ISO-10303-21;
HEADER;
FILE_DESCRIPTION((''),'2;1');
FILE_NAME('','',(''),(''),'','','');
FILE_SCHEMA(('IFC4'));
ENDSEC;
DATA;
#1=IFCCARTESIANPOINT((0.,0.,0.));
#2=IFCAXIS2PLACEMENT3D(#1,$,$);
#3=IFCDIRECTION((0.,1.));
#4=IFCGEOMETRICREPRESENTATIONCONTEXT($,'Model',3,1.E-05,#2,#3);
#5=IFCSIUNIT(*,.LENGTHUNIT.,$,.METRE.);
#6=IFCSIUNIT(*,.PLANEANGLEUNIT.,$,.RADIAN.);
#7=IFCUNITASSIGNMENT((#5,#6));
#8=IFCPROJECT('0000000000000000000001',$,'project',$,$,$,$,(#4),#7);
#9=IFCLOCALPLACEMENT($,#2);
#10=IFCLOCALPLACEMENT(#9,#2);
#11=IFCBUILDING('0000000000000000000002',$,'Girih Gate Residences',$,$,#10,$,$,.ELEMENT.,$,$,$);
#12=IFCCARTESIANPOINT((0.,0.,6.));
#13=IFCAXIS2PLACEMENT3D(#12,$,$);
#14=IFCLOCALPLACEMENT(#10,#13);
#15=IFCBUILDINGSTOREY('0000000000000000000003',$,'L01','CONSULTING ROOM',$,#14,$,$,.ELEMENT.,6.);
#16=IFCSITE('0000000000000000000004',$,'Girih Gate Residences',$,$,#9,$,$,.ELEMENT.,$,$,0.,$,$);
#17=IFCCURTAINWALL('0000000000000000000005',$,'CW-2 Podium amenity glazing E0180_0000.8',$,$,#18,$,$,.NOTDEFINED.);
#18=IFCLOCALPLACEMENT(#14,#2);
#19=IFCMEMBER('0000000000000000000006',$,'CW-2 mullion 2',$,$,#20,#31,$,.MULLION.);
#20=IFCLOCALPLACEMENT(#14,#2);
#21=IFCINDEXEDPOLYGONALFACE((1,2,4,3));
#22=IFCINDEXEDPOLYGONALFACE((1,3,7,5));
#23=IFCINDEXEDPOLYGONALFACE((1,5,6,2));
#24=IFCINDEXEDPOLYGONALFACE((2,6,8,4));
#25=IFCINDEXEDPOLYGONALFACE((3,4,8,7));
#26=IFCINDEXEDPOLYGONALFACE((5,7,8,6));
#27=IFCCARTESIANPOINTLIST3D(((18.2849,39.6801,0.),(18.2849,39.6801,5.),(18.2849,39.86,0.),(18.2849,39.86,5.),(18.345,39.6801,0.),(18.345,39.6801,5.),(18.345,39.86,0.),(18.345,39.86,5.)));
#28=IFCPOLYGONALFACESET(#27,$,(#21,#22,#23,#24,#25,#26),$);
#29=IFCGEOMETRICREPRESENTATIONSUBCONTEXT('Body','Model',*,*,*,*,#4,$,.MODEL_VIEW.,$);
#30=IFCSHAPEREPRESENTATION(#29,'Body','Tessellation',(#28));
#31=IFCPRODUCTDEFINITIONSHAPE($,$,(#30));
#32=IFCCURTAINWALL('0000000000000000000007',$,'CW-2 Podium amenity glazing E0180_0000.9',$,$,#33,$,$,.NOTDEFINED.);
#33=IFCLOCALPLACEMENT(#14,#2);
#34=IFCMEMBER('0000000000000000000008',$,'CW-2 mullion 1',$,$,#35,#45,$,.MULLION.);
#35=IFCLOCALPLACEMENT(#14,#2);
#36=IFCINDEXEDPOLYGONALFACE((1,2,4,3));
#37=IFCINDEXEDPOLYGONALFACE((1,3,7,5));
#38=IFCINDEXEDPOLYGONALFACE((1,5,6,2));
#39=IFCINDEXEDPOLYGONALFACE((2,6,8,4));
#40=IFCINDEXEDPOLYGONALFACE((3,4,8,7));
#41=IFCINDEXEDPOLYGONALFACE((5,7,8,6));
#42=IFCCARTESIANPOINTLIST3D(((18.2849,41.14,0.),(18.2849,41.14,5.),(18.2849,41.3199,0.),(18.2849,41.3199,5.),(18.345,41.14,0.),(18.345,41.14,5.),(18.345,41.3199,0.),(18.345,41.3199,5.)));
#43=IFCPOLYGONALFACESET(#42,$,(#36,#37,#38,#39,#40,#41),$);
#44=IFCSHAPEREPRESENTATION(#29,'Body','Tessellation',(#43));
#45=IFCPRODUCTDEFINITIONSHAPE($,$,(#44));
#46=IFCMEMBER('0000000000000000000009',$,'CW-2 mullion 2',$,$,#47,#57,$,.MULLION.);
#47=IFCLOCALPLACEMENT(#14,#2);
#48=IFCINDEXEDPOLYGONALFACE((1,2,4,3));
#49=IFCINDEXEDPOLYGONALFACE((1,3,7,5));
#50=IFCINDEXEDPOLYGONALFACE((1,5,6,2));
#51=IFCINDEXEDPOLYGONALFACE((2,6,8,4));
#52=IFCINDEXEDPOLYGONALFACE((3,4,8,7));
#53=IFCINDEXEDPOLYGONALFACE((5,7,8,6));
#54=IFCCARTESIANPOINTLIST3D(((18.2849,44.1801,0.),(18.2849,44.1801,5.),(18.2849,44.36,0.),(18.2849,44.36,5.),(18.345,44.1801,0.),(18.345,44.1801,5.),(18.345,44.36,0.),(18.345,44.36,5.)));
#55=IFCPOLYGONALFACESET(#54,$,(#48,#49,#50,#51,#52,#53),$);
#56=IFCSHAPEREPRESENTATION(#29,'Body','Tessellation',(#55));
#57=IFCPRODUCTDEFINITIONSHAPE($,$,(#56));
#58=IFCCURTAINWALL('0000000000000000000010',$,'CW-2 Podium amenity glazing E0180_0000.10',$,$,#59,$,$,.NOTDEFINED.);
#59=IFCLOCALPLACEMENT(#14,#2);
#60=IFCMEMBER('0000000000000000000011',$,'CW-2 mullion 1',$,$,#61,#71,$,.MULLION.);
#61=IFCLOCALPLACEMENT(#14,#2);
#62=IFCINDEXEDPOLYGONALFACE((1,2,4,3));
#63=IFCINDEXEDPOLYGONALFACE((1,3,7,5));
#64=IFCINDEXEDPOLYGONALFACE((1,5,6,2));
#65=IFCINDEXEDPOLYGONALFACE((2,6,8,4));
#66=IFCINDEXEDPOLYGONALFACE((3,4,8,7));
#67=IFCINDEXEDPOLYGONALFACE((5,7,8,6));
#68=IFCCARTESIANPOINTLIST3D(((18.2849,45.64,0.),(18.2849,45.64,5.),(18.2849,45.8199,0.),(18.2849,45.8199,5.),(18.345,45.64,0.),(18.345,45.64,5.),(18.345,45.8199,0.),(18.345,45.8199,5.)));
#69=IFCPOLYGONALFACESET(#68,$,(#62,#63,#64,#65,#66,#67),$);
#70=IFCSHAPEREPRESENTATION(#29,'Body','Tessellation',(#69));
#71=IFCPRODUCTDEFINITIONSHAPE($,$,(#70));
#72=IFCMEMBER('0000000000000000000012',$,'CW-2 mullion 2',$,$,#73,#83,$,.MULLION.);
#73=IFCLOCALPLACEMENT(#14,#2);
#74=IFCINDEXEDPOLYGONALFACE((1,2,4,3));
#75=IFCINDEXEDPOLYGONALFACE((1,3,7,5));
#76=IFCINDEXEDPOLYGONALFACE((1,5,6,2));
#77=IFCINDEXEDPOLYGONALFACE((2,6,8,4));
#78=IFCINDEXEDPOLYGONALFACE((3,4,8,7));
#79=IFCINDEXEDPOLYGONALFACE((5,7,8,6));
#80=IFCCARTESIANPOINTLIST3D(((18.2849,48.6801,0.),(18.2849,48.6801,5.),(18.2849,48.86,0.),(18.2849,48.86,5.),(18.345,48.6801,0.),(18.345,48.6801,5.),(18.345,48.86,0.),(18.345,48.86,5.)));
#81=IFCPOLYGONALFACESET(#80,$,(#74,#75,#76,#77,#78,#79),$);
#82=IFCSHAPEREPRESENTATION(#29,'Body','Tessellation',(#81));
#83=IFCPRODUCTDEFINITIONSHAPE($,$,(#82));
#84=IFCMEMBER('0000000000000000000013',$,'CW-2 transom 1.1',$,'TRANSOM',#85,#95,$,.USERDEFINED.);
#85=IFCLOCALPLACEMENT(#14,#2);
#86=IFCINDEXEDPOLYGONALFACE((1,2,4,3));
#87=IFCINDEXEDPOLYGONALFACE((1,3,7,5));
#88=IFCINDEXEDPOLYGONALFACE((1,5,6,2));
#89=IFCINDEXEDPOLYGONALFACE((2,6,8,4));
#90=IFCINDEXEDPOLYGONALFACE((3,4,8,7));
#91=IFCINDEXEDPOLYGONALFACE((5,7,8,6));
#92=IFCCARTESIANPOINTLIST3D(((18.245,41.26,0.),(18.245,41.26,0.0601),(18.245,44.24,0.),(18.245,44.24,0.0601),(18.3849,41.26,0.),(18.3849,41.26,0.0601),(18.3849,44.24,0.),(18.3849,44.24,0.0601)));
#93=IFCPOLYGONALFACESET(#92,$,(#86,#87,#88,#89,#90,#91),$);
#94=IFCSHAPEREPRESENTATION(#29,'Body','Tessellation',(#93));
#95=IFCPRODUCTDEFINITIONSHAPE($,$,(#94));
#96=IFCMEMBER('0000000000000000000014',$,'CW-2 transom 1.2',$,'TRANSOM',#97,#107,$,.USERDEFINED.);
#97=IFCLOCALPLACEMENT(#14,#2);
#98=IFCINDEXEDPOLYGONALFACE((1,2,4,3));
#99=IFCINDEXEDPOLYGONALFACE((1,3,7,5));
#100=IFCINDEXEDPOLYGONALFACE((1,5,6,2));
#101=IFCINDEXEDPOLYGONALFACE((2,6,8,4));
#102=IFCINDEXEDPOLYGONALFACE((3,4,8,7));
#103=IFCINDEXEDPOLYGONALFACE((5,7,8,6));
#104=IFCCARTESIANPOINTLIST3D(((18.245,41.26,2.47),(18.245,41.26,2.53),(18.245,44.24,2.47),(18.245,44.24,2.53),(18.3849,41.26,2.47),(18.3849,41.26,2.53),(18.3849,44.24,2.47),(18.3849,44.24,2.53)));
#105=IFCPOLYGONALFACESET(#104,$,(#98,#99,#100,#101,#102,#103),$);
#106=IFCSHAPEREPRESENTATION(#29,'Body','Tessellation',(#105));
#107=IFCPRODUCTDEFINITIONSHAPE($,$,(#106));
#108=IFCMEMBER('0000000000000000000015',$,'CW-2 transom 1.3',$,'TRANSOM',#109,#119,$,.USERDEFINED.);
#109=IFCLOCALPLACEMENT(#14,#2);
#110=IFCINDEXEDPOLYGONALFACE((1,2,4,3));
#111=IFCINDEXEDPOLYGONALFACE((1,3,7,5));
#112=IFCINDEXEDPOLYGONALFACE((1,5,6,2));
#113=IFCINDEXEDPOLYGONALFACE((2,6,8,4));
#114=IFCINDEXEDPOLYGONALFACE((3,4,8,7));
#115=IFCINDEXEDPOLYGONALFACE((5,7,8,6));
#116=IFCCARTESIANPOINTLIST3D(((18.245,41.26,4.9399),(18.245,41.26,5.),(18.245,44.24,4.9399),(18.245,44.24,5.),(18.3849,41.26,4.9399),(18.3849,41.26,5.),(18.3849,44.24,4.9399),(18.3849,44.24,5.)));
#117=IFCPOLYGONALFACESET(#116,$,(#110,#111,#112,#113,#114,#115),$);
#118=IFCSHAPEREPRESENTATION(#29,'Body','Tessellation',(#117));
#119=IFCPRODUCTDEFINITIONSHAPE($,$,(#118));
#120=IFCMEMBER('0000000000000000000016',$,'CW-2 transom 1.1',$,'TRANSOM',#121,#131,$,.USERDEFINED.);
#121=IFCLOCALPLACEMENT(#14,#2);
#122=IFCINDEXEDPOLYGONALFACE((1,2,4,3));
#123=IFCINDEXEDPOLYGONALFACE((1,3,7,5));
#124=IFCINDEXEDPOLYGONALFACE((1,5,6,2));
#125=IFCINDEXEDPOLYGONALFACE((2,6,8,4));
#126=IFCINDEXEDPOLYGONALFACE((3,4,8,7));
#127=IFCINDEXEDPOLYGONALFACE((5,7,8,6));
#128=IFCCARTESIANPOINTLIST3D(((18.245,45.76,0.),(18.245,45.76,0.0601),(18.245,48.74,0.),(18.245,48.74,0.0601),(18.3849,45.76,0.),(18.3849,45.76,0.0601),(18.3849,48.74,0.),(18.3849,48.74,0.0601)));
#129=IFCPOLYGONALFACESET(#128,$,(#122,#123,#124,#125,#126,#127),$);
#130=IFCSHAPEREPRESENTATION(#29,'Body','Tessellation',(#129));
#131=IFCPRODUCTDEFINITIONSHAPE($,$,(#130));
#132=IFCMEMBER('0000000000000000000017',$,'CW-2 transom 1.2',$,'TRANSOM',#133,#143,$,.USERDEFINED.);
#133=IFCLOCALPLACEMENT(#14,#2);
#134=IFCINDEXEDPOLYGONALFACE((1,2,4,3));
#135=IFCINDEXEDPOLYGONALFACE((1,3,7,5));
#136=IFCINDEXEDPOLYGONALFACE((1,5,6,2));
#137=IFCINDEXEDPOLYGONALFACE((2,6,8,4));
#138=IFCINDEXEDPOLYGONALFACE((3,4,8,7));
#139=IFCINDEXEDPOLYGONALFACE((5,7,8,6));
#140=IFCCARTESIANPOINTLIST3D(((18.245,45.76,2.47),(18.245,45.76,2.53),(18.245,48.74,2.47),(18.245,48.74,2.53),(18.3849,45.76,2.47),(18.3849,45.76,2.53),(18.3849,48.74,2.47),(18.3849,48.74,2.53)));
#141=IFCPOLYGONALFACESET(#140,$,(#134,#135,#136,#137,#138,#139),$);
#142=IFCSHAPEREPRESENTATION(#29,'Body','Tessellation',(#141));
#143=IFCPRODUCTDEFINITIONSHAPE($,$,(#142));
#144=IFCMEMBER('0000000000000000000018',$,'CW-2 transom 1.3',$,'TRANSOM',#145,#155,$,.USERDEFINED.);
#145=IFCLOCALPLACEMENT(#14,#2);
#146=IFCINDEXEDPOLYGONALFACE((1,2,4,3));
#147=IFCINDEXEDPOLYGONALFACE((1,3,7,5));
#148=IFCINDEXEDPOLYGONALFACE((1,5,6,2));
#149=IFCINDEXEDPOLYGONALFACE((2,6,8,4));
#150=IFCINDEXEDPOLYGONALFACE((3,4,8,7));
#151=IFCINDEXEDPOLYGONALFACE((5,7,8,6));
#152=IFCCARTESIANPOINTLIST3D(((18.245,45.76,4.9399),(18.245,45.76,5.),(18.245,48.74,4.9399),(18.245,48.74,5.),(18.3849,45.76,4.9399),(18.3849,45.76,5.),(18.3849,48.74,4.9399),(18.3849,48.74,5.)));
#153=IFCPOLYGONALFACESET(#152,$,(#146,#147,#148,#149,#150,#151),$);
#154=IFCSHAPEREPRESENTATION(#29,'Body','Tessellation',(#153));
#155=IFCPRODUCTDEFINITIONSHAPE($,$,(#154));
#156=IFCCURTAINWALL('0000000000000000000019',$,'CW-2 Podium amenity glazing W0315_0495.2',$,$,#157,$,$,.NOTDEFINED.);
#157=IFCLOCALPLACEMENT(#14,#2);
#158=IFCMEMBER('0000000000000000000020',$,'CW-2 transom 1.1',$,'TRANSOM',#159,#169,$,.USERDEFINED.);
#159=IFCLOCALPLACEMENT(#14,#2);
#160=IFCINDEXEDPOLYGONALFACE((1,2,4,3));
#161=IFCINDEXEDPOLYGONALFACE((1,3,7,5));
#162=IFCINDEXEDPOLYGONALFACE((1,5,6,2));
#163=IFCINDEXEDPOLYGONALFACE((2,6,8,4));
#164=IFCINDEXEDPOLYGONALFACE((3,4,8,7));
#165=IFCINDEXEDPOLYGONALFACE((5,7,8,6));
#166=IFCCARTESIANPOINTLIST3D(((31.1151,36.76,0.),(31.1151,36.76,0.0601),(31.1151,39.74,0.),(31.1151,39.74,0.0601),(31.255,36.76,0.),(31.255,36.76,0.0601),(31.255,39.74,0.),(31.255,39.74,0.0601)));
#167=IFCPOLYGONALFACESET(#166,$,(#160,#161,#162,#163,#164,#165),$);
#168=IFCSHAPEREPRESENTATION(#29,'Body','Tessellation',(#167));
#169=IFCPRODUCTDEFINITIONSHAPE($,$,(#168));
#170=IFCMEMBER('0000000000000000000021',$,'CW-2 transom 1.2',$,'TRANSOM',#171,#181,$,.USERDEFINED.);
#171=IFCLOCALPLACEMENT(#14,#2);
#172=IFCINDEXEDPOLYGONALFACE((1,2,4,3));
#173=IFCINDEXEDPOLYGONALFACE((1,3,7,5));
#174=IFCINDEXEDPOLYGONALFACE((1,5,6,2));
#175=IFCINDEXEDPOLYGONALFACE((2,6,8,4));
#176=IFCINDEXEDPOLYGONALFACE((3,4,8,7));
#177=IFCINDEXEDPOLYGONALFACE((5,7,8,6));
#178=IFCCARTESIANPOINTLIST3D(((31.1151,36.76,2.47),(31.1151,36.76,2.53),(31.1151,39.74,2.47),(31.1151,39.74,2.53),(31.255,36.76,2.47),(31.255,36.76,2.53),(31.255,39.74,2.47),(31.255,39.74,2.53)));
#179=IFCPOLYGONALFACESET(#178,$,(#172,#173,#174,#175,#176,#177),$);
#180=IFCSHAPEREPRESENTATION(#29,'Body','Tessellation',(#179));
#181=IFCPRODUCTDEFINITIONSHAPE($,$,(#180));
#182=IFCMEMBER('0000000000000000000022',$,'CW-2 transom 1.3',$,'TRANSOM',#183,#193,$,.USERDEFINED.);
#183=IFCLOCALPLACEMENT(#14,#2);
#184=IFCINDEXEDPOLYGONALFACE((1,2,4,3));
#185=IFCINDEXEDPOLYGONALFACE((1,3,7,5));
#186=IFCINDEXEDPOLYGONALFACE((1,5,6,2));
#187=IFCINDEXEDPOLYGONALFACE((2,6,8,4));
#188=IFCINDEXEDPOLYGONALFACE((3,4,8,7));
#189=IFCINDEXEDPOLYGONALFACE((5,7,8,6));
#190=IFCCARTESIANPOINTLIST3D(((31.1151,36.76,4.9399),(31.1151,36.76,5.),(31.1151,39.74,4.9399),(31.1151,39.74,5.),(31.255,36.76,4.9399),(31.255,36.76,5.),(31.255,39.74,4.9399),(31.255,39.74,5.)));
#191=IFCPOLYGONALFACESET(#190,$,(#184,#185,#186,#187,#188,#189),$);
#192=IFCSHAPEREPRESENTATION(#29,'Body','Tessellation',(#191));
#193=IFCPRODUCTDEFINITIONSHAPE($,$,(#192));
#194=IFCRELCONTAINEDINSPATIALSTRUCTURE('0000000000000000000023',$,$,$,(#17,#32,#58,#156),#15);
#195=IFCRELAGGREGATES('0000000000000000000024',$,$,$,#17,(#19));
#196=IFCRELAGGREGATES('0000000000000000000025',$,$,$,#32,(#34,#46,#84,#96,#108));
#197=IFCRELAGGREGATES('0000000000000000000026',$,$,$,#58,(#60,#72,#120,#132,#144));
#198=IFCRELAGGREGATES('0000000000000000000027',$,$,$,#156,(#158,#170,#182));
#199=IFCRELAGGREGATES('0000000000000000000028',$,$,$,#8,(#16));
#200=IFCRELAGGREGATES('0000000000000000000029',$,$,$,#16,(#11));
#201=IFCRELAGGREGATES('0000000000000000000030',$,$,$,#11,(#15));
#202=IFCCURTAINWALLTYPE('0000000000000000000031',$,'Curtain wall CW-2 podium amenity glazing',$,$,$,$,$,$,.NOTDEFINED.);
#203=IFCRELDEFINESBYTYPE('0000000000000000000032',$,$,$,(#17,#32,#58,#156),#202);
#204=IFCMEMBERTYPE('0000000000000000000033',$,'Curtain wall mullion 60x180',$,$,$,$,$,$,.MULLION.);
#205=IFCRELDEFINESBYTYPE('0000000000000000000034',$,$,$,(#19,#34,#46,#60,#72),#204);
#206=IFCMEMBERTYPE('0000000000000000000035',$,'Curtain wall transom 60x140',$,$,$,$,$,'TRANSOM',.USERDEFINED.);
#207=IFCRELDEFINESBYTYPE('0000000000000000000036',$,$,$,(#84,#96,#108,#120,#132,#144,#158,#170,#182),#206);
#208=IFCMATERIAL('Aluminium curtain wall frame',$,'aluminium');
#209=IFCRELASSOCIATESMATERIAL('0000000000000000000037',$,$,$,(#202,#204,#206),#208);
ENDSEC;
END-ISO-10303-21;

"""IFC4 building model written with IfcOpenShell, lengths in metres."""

from ifc_helpers import new_model, si_unit, direction, frame, origin, origin_2d, place, context, subcontext, project, spatial, rectangle, extrude, material, material_profile, profile_set, type_object, element, aggregate, save


model = new_model("IFC4")

# Units and contexts
model_context = context("Model", 3, precision=1e-05, world=origin(), true_north=direction((0.0, 1.0)))
body_context = subcontext(model_context, "Body", "Model", "MODEL_VIEW")
ifc_project = project(units=[si_unit("LENGTHUNIT", "METRE"), si_unit("PLANEANGLEUNIT", "RADIAN")], contexts=[model_context])

# Site, building, storey
site_placement = place(None, origin())
site = spatial("IfcSite", under=ifc_project, at=site_placement, Name="Girih Gate Residences", CompositionType="ELEMENT", RefElevation=0.0)
building_placement = place(site_placement, origin())
building = spatial("IfcBuilding", under=site, at=building_placement, Name="Girih Gate Residences", CompositionType="ELEMENT")
storey_placement = place(building_placement, frame((0.0, 0.0, 6.0)))
storey = spatial("IfcBuildingStorey", under=building, at=storey_placement, Name="L01", Description="CONSULTING ROOM", CompositionType="ELEMENT", Elevation=6.0)

# Curtain wall, member
ifc_material_1 = material(Name="Aluminium curtain wall frame", Category="aluminium")
curtain_wall_type = type_object("IfcCurtainWallType", Name="Curtain wall CW-2 podium amenity glazing", PredefinedType="NOTDEFINED", material=ifc_material_1)
curtain_wall_1_placement = place(storey_placement, origin())
curtain_wall_1 = element("IfcCurtainWall", 1, at=curtain_wall_1_placement, inside=storey, type_object=curtain_wall_type, Name="CW-2 Podium amenity glazing E0180_0000.8", PredefinedType="NOTDEFINED")
ifc_material_profile_1 = material_profile(ifc_material_1, rectangle(XDim=0.0601, YDim=0.1799, at=origin_2d()))
ifc_profile_set_1 = profile_set([ifc_material_profile_1], Name="Aluminium curtain wall frame")
member_type_1 = type_object("IfcMemberType", Name="Curtain wall mullion 60x180", PredefinedType="MULLION", material=ifc_profile_set_1)
member_1_placement = place(storey_placement, frame((18.3149, 39.77, 0.0), z_axis=(0.0, 0.0, 1.0), x_axis=(-1.0, 0.0, 0.0)))
member_1 = element("IfcMember", 2, at=member_1_placement, type_object=member_type_1, Name="CW-2 mullion 2", PredefinedType="MULLION", context=body_context, shape_type="SweptSolid", body=[
    extrude(rectangle(XDim=0.0601, YDim=0.1799, at=origin_2d()), origin(), (0.0, 0.0, 1.0), 5.0),
])
aggregate(curtain_wall_1, [member_1])

# Curtain walls, members
curtain_wall_2_placement = place(storey_placement, origin())
curtain_wall_2 = element("IfcCurtainWall", 3, at=curtain_wall_2_placement, inside=storey, type_object=curtain_wall_type, Name="CW-2 Podium amenity glazing E0180_0000.9", PredefinedType="NOTDEFINED")
member_2_placement = place(storey_placement, frame((18.3149, 41.23, 0.0), z_axis=(0.0, 0.0, 1.0), x_axis=(-1.0, 0.0, 0.0)))
member_2 = element("IfcMember", 4, at=member_2_placement, type_object=member_type_1, Name="CW-2 mullion 1", PredefinedType="MULLION", context=body_context, shape_type="SweptSolid", body=[
    extrude(rectangle(XDim=0.0601, YDim=0.1799, at=origin_2d()), origin(), (0.0, 0.0, 1.0), 5.0),
])
member_3_placement = place(storey_placement, frame((18.3149, 44.27, 0.0), z_axis=(0.0, 0.0, 1.0), x_axis=(-1.0, 0.0, 0.0)))
member_3 = element("IfcMember", 5, at=member_3_placement, type_object=member_type_1, Name="CW-2 mullion 2", PredefinedType="MULLION", context=body_context, shape_type="SweptSolid", body=[
    extrude(rectangle(XDim=0.0601, YDim=0.1799, at=origin_2d()), origin(), (0.0, 0.0, 1.0), 5.0),
])
curtain_wall_3_placement = place(storey_placement, origin())
curtain_wall_3 = element("IfcCurtainWall", 6, at=curtain_wall_3_placement, inside=storey, type_object=curtain_wall_type, Name="CW-2 Podium amenity glazing E0180_0000.10", PredefinedType="NOTDEFINED")
member_4_placement = place(storey_placement, frame((18.3149, 45.73, 0.0), z_axis=(0.0, 0.0, 1.0), x_axis=(-1.0, 0.0, 0.0)))
member_4 = element("IfcMember", 7, at=member_4_placement, type_object=member_type_1, Name="CW-2 mullion 1", PredefinedType="MULLION", context=body_context, shape_type="SweptSolid", body=[
    extrude(rectangle(XDim=0.0601, YDim=0.1799, at=origin_2d()), origin(), (0.0, 0.0, 1.0), 5.0),
])
member_5_placement = place(storey_placement, frame((18.3149, 48.77, 0.0), z_axis=(0.0, 0.0, 1.0), x_axis=(-1.0, 0.0, 0.0)))
member_5 = element("IfcMember", 8, at=member_5_placement, type_object=member_type_1, Name="CW-2 mullion 2", PredefinedType="MULLION", context=body_context, shape_type="SweptSolid", body=[
    extrude(rectangle(XDim=0.0601, YDim=0.1799, at=origin_2d()), origin(), (0.0, 0.0, 1.0), 5.0),
])

# Members
ifc_material_profile_2 = material_profile(ifc_material_1, rectangle(XDim=0.1399, YDim=0.0601, at=origin_2d()))
ifc_profile_set_2 = profile_set([ifc_material_profile_2], Name="Aluminium curtain wall frame")
member_type_2 = type_object("IfcMemberType", Name="Curtain wall transom 60x140", ElementType="TRANSOM", PredefinedType="USERDEFINED", material=ifc_profile_set_2)
member_6_placement = place(storey_placement, frame((18.3149, 41.26, 0.03), z_axis=(0.0, 1.0, 0.0), x_axis=(-1.0, 0.0, 0.0)))
member_6 = element("IfcMember", 9, at=member_6_placement, type_object=member_type_2, Name="CW-2 transom 1.1", ObjectType="TRANSOM", PredefinedType="USERDEFINED", context=body_context, shape_type="SweptSolid", body=[
    extrude(rectangle(XDim=0.1399, YDim=0.0601, at=origin_2d()), origin(), (0.0, 0.0, 1.0), 2.98),
])
member_7_placement = place(storey_placement, frame((18.3149, 41.26, 2.5), z_axis=(0.0, 1.0, 0.0), x_axis=(-1.0, 0.0, 0.0)))
member_7 = element("IfcMember", 10, at=member_7_placement, type_object=member_type_2, Name="CW-2 transom 1.2", ObjectType="TRANSOM", PredefinedType="USERDEFINED", context=body_context, shape_type="SweptSolid", body=[
    extrude(rectangle(XDim=0.1399, YDim=0.0601, at=origin_2d()), origin(), (0.0, 0.0, 1.0), 2.98),
])
member_8_placement = place(storey_placement, frame((18.3149, 41.26, 4.97), z_axis=(0.0, 1.0, 0.0), x_axis=(-1.0, 0.0, 0.0)))
member_8 = element("IfcMember", 11, at=member_8_placement, type_object=member_type_2, Name="CW-2 transom 1.3", ObjectType="TRANSOM", PredefinedType="USERDEFINED", context=body_context, shape_type="SweptSolid", body=[
    extrude(rectangle(XDim=0.1399, YDim=0.0601, at=origin_2d()), origin(), (0.0, 0.0, 1.0), 2.98),
])
member_9_placement = place(storey_placement, frame((18.3149, 45.76, 0.03), z_axis=(0.0, 1.0, 0.0), x_axis=(-1.0, 0.0, 0.0)))
member_9 = element("IfcMember", 12, at=member_9_placement, type_object=member_type_2, Name="CW-2 transom 1.1", ObjectType="TRANSOM", PredefinedType="USERDEFINED", context=body_context, shape_type="SweptSolid", body=[
    extrude(rectangle(XDim=0.1399, YDim=0.0601, at=origin_2d()), origin(), (0.0, 0.0, 1.0), 2.98),
])
member_10_placement = place(storey_placement, frame((18.3149, 45.76, 2.5), z_axis=(0.0, 1.0, 0.0), x_axis=(-1.0, 0.0, 0.0)))
member_10 = element("IfcMember", 13, at=member_10_placement, type_object=member_type_2, Name="CW-2 transom 1.2", ObjectType="TRANSOM", PredefinedType="USERDEFINED", context=body_context, shape_type="SweptSolid", body=[
    extrude(rectangle(XDim=0.1399, YDim=0.0601, at=origin_2d()), origin(), (0.0, 0.0, 1.0), 2.98),
])
member_11_placement = place(storey_placement, frame((18.3149, 45.76, 4.97), z_axis=(0.0, 1.0, 0.0), x_axis=(-1.0, 0.0, 0.0)))
member_11 = element("IfcMember", 14, at=member_11_placement, type_object=member_type_2, Name="CW-2 transom 1.3", ObjectType="TRANSOM", PredefinedType="USERDEFINED", context=body_context, shape_type="SweptSolid", body=[
    extrude(rectangle(XDim=0.1399, YDim=0.0601, at=origin_2d()), origin(), (0.0, 0.0, 1.0), 2.98),
])

# Curtain wall, members
curtain_wall_4_placement = place(storey_placement, origin())
curtain_wall_4 = element("IfcCurtainWall", 15, at=curtain_wall_4_placement, inside=storey, type_object=curtain_wall_type, Name="CW-2 Podium amenity glazing W0315_0495.2", PredefinedType="NOTDEFINED")
member_12_placement = place(storey_placement, frame((31.1851, 39.74, 0.03), z_axis=(0.0, -1.0, 0.0), x_axis=(1.0, 0.0, 0.0)))
member_12 = element("IfcMember", 16, at=member_12_placement, type_object=member_type_2, Name="CW-2 transom 1.1", ObjectType="TRANSOM", PredefinedType="USERDEFINED", context=body_context, shape_type="SweptSolid", body=[
    extrude(rectangle(XDim=0.1399, YDim=0.0601, at=origin_2d()), origin(), (0.0, 0.0, 1.0), 2.98),
])
member_13_placement = place(storey_placement, frame((31.1851, 39.74, 2.5), z_axis=(0.0, -1.0, 0.0), x_axis=(1.0, 0.0, 0.0)))
member_13 = element("IfcMember", 17, at=member_13_placement, type_object=member_type_2, Name="CW-2 transom 1.2", ObjectType="TRANSOM", PredefinedType="USERDEFINED", context=body_context, shape_type="SweptSolid", body=[
    extrude(rectangle(XDim=0.1399, YDim=0.0601, at=origin_2d()), origin(), (0.0, 0.0, 1.0), 2.98),
])
member_14_placement = place(storey_placement, frame((31.1851, 39.74, 4.97), z_axis=(0.0, -1.0, 0.0), x_axis=(1.0, 0.0, 0.0)))
member_14 = element("IfcMember", 18, at=member_14_placement, type_object=member_type_2, Name="CW-2 transom 1.3", ObjectType="TRANSOM", PredefinedType="USERDEFINED", context=body_context, shape_type="SweptSolid", body=[
    extrude(rectangle(XDim=0.1399, YDim=0.0601, at=origin_2d()), origin(), (0.0, 0.0, 1.0), 2.98),
])

aggregate(curtain_wall_2, [member_2, member_3, member_6, member_7, member_8])
aggregate(curtain_wall_3, [member_4, member_5, member_9, member_10, member_11])
aggregate(curtain_wall_4, [member_12, member_13, member_14])

save(model, "model.ifc")
